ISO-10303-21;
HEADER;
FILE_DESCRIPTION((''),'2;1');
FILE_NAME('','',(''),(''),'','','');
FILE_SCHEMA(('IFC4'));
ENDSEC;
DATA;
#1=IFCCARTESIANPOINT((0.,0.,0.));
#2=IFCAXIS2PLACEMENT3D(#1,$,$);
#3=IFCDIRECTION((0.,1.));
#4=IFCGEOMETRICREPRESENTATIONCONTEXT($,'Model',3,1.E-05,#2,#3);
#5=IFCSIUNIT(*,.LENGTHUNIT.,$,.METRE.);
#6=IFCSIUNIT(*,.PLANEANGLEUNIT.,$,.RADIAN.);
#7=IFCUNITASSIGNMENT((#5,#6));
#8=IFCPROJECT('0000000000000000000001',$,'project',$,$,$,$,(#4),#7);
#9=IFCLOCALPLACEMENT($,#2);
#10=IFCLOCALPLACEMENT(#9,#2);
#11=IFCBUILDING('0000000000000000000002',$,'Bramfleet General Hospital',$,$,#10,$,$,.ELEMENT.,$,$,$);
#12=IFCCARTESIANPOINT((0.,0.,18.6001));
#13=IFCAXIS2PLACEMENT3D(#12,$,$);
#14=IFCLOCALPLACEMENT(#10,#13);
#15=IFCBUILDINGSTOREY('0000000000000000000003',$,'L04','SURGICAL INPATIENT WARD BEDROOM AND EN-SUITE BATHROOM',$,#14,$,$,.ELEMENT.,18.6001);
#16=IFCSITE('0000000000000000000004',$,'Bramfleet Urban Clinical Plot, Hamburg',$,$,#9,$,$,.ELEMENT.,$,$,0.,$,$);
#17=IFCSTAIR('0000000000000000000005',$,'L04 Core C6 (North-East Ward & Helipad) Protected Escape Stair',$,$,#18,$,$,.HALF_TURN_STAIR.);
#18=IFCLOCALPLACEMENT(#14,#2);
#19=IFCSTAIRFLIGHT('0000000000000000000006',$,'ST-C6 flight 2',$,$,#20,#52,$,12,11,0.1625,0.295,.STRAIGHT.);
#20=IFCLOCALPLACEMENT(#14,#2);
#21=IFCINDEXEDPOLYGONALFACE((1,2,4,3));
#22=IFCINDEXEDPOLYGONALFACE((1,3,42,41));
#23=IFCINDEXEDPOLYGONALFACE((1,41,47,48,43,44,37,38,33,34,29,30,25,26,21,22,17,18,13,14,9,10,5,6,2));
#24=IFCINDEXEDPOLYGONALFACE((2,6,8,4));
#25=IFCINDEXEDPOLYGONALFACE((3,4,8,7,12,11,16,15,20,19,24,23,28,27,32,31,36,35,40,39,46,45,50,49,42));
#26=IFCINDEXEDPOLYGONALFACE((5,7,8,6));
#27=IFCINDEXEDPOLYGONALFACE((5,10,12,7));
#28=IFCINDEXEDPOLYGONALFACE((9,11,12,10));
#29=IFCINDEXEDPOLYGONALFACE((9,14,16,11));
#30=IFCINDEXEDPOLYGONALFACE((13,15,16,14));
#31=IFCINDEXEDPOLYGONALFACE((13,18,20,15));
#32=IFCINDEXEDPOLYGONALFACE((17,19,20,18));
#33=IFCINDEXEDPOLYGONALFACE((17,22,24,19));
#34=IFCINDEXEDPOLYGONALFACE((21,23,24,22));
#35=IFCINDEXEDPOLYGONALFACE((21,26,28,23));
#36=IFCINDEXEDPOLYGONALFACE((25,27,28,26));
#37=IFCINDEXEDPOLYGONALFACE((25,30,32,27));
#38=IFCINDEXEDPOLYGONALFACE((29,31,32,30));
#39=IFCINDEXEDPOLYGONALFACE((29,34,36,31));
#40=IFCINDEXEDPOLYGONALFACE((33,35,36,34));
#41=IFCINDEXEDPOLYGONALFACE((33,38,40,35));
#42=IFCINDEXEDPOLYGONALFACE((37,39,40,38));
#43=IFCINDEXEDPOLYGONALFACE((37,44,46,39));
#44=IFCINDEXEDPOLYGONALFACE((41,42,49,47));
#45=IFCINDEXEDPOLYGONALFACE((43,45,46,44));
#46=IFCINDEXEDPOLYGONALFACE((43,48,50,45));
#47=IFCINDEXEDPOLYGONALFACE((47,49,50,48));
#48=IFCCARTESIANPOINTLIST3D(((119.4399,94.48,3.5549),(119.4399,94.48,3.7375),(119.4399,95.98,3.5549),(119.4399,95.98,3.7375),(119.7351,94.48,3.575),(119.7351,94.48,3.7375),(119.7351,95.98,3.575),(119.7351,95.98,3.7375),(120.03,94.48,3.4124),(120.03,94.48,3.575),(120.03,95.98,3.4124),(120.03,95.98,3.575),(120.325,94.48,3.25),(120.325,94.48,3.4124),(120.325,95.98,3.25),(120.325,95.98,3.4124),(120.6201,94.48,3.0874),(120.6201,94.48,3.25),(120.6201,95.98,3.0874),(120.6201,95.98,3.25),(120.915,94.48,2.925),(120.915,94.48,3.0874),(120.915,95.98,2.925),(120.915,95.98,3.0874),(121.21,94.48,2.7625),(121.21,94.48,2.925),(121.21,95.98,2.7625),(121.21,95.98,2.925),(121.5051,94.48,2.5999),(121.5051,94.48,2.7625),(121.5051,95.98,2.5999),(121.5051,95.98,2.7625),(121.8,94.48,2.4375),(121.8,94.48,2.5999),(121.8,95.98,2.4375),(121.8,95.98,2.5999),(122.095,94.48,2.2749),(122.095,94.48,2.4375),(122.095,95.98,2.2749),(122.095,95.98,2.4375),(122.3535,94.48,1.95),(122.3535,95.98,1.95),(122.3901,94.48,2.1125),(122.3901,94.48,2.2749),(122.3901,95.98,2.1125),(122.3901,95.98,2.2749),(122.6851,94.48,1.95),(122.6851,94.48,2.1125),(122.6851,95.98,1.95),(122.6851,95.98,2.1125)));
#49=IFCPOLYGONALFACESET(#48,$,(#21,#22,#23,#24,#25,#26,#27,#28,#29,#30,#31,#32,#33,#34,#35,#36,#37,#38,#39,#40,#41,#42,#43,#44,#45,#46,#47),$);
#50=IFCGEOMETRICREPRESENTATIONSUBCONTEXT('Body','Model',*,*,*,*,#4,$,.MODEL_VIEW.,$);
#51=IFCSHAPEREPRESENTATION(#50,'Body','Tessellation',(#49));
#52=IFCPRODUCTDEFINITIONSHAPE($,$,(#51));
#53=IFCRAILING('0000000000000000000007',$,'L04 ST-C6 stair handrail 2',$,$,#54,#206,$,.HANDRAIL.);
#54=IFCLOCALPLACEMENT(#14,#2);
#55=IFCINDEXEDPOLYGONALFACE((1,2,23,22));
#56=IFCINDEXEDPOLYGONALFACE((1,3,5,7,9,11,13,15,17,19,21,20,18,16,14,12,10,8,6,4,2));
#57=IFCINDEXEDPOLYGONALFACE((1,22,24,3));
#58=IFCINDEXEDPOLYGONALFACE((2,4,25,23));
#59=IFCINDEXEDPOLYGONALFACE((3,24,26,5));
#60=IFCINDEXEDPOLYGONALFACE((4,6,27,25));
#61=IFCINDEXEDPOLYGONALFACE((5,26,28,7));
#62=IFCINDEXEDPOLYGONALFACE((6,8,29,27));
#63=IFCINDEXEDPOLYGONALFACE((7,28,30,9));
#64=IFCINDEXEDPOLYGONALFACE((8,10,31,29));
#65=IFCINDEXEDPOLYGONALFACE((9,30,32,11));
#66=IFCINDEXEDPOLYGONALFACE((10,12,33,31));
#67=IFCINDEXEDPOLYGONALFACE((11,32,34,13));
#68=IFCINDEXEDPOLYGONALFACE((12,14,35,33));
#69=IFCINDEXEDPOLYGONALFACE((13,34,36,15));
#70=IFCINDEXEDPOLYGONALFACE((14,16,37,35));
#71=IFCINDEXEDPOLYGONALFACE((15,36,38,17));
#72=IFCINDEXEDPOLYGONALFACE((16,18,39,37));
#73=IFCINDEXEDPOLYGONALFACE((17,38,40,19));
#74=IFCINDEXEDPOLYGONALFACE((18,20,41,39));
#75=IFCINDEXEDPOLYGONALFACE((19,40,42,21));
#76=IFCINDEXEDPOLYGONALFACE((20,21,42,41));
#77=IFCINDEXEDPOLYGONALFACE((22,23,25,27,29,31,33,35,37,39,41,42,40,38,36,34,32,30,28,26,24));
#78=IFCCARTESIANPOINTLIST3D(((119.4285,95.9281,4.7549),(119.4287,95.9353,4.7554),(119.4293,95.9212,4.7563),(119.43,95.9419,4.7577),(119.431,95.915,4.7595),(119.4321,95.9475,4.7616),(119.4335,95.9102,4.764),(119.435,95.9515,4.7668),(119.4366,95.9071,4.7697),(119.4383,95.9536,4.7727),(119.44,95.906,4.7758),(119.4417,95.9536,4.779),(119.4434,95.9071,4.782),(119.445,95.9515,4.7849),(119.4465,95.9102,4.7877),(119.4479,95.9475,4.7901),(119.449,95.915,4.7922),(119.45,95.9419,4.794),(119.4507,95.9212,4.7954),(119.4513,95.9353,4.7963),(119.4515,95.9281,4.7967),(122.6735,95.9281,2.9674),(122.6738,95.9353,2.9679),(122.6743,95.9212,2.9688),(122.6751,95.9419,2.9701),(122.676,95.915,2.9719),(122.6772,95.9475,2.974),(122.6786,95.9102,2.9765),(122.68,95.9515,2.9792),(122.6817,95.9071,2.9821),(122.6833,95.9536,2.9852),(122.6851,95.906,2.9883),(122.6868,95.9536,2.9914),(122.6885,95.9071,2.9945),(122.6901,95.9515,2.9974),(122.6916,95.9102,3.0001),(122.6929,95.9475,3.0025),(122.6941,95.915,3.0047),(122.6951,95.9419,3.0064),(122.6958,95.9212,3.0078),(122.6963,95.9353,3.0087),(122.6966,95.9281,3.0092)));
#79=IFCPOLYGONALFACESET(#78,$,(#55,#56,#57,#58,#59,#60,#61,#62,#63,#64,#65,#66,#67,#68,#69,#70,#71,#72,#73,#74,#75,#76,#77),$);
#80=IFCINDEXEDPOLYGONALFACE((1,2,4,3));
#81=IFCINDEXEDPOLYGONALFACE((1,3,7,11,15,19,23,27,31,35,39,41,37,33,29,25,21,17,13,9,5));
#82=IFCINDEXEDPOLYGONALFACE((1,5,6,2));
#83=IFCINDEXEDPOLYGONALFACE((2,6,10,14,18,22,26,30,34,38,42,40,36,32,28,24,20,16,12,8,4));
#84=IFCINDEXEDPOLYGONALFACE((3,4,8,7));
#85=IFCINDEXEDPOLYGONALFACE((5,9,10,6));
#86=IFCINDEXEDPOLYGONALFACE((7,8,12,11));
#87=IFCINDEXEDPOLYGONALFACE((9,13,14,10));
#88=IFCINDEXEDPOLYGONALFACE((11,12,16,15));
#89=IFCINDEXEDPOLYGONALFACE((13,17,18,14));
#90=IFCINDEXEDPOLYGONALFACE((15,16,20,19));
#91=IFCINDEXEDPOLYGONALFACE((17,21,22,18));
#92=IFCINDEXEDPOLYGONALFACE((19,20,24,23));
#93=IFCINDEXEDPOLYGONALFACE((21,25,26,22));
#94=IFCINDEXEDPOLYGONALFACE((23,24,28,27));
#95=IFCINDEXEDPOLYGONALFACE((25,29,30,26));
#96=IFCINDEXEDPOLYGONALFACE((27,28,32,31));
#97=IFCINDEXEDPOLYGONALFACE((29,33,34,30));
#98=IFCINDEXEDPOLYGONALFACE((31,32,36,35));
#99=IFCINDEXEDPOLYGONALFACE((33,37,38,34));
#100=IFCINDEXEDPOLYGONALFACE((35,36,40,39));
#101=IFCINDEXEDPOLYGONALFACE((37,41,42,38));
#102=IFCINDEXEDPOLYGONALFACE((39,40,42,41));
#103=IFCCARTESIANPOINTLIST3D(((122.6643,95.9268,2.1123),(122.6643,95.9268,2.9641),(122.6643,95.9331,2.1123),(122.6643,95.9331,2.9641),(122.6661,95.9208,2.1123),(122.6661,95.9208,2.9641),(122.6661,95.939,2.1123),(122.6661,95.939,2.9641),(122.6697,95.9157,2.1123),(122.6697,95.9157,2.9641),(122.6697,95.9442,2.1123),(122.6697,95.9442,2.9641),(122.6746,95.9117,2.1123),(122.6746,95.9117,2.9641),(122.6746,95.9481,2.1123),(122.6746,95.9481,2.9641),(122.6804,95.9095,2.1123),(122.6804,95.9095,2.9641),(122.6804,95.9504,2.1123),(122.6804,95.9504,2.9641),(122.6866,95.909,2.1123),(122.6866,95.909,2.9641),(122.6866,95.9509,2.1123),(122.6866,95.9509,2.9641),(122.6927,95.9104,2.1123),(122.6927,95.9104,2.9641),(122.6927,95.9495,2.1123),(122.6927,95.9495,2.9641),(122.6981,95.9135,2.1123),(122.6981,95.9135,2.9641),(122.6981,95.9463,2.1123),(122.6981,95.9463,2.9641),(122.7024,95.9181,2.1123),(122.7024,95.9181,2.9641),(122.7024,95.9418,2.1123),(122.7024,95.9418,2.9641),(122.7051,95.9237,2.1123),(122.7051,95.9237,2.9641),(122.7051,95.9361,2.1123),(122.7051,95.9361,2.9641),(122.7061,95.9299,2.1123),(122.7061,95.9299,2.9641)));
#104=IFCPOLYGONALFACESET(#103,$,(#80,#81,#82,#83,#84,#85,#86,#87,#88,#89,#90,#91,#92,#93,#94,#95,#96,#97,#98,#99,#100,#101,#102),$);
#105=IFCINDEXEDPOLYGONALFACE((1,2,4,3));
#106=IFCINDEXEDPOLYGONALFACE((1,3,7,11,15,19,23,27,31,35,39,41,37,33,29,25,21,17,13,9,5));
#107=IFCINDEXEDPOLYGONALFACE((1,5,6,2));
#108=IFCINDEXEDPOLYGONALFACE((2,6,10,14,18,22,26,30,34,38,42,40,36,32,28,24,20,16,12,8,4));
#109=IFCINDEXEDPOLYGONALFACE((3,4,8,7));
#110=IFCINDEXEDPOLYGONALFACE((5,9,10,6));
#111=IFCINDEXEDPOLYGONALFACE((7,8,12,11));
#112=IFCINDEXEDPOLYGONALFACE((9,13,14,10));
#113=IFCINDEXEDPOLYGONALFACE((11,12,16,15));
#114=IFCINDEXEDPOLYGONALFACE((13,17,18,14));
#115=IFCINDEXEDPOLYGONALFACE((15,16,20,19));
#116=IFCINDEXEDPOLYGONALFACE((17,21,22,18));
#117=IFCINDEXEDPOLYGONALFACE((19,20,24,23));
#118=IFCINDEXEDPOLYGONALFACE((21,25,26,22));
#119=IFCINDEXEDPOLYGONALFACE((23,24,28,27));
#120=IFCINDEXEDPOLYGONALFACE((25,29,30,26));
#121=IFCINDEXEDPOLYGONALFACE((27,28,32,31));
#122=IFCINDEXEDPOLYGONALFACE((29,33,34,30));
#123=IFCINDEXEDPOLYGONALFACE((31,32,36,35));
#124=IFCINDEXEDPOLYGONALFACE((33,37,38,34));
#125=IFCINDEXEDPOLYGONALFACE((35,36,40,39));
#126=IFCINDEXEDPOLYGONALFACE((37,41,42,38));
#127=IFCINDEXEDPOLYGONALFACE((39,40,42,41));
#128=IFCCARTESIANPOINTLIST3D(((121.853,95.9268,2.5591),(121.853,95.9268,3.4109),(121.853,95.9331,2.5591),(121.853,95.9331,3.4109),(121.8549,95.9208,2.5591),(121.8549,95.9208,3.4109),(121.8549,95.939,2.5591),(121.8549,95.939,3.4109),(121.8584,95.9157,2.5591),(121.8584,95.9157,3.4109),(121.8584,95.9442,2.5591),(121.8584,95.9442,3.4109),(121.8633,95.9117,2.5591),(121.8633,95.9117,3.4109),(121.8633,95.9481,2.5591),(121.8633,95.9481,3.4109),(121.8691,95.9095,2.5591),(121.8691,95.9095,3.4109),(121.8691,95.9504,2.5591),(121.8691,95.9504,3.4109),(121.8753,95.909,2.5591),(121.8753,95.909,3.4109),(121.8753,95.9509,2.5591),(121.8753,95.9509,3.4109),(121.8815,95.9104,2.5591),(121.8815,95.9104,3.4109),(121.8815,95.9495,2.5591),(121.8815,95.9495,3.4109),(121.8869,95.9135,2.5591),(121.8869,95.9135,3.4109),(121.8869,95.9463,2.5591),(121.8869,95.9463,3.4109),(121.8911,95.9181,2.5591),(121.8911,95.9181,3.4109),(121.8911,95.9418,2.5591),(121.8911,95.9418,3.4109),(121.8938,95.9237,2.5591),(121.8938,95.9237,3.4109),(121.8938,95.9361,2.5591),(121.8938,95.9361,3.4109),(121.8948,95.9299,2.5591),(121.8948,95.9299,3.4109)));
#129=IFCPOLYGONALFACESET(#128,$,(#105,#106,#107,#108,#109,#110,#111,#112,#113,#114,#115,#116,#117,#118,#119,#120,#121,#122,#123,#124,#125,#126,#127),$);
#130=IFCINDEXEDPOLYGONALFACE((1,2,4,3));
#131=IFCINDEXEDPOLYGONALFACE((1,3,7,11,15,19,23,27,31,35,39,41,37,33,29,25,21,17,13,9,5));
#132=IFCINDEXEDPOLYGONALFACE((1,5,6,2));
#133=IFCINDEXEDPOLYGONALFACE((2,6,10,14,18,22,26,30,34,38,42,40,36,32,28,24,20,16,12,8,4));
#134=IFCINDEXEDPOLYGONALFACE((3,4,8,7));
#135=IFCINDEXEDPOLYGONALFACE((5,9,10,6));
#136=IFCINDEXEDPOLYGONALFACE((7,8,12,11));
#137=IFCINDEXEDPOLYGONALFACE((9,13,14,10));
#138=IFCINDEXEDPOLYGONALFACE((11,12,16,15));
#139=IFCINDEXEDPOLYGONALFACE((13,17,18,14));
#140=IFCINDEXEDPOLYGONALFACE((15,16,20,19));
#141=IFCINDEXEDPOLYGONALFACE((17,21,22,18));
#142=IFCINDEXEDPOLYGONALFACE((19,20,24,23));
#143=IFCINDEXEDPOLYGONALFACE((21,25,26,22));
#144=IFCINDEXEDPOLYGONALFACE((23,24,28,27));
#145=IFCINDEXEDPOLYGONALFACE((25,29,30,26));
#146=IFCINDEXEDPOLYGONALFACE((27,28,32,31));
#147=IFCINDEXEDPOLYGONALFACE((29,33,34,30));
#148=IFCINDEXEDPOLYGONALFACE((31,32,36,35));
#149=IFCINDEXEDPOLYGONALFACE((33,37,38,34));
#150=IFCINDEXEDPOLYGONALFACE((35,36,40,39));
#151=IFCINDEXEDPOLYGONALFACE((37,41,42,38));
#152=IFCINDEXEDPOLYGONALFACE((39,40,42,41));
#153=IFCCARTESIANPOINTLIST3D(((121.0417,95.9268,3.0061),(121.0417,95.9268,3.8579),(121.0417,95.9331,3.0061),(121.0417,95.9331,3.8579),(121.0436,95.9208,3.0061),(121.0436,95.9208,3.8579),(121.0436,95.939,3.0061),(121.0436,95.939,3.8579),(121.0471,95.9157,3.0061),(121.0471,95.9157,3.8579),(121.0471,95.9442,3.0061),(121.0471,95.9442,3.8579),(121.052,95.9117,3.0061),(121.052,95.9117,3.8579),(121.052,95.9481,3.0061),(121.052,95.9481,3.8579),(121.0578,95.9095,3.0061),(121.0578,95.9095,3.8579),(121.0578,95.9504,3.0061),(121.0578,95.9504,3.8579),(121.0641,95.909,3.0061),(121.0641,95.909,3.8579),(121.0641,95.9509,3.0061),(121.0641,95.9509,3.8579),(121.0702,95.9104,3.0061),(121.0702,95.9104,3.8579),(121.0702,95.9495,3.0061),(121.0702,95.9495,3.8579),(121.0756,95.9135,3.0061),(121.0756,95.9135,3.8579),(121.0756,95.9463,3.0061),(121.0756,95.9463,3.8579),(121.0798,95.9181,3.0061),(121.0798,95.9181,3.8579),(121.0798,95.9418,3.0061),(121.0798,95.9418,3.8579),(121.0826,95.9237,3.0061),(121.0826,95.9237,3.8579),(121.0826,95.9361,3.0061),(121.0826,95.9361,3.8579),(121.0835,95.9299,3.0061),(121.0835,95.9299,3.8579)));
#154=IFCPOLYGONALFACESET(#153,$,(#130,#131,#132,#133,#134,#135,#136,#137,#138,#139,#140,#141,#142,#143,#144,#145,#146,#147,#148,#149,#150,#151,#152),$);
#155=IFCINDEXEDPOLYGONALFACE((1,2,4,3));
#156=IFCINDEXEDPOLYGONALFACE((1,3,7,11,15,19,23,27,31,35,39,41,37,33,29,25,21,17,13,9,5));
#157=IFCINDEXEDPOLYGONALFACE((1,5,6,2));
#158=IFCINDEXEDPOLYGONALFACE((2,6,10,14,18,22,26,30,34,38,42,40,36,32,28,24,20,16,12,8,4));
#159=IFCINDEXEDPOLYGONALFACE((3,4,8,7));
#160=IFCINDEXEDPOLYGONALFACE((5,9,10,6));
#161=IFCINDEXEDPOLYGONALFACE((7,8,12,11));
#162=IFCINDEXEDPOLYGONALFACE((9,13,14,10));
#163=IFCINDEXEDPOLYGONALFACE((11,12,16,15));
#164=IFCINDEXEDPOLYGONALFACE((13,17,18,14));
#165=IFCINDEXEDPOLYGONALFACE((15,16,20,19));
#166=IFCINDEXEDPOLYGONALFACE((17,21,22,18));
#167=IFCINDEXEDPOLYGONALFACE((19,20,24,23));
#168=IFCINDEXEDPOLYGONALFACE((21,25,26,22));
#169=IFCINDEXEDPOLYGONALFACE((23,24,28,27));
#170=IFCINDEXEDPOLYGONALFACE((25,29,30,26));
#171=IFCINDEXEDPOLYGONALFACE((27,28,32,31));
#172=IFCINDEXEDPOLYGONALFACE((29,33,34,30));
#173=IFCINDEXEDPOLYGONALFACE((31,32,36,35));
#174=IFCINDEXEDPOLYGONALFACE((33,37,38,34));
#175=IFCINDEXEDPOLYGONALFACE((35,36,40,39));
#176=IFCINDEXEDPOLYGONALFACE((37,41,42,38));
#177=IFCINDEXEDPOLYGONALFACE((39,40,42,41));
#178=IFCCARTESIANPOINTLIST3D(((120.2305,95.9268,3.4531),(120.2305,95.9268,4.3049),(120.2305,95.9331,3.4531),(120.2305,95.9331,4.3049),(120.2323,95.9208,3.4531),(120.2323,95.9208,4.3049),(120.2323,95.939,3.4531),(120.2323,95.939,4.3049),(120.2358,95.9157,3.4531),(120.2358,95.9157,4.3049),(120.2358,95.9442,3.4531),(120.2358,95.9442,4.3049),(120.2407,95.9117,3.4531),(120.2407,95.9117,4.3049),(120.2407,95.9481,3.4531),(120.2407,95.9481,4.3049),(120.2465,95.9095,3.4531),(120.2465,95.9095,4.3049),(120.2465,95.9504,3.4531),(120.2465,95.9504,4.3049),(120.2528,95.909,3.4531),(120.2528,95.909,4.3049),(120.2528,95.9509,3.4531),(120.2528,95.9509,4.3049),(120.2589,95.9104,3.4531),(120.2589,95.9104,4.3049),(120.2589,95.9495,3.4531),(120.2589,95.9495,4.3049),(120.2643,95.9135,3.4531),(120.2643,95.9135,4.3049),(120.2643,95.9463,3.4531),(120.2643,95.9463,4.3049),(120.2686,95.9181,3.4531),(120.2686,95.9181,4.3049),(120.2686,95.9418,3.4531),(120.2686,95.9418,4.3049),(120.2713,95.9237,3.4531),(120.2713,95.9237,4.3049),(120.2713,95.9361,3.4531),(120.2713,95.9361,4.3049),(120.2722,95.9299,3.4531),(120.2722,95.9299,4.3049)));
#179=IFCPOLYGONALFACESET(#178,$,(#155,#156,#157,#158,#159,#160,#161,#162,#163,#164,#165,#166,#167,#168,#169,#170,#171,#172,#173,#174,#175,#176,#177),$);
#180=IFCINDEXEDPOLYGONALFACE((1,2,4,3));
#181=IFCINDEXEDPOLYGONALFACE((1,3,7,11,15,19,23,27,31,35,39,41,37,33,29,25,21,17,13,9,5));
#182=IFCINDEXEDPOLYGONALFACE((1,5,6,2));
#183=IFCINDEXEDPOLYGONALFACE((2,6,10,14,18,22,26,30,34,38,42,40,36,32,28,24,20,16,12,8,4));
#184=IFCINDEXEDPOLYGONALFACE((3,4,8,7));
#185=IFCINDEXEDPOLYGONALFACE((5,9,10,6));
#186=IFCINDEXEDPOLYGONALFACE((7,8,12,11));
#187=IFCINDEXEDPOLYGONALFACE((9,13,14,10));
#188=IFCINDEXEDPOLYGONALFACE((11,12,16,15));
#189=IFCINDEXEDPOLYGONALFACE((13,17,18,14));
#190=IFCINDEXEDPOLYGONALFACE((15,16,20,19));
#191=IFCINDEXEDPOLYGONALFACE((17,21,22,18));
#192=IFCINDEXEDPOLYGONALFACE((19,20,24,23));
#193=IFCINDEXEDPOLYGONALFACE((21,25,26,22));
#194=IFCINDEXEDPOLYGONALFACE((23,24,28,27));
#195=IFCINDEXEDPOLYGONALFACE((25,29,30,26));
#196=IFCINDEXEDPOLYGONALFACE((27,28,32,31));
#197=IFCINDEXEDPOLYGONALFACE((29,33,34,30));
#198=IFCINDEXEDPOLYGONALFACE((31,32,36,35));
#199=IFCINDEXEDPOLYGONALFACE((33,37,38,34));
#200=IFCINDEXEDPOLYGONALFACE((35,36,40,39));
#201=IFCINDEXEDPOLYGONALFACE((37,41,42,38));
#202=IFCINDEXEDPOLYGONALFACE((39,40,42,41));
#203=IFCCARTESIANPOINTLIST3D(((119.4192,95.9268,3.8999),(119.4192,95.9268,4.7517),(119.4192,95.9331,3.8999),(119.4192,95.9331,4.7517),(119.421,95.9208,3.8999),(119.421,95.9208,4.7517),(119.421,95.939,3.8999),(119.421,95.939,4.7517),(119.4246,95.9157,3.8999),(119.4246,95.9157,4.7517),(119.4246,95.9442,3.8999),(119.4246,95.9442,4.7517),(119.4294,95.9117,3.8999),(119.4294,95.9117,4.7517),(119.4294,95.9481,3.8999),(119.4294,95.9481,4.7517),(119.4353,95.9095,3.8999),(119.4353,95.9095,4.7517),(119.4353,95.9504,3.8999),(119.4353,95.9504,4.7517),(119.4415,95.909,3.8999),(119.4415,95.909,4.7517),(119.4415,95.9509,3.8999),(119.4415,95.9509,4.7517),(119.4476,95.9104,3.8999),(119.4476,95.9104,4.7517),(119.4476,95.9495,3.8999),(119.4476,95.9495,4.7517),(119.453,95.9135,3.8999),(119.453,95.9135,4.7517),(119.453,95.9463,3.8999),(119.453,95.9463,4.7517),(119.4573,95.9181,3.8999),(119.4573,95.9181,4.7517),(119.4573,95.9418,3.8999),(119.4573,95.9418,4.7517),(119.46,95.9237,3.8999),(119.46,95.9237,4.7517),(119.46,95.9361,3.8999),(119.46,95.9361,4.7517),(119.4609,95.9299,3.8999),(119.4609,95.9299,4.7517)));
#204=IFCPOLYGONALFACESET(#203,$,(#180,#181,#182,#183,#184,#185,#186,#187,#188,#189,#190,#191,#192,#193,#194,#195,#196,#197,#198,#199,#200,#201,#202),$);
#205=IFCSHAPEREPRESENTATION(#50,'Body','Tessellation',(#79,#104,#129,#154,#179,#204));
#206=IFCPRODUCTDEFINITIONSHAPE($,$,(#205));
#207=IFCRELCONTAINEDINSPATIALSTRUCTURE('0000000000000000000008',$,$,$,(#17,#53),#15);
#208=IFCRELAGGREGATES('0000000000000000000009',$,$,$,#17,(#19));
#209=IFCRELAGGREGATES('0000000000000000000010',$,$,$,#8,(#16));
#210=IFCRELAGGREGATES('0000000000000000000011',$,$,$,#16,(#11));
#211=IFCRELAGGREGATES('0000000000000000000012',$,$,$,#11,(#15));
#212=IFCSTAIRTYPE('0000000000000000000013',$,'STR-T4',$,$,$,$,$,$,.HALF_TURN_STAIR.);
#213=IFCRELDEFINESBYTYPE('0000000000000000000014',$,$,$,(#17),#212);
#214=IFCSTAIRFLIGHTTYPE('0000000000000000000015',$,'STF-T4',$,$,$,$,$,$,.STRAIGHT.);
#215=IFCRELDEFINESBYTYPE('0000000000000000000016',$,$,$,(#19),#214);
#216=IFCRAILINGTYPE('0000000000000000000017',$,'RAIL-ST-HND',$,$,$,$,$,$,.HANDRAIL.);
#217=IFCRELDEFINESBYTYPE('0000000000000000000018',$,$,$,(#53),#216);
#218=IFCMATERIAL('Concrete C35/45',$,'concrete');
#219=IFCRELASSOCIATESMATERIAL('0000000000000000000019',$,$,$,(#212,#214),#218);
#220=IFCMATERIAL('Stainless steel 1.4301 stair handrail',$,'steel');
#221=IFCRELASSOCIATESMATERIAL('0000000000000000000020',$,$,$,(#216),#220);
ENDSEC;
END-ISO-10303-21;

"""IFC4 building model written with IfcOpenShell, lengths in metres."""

from ifc_helpers import new_model, si_unit, direction, frame, origin, origin_2d, place, context, subcontext, project, spatial, polyline, circle, outline, extrude, material, type_object, element, aggregate, save


model = new_model("IFC4")

# Units and contexts
model_context = context("Model", 3, precision=1e-05, world=origin(), true_north=direction((0.0, 1.0)))
body_context = subcontext(model_context, "Body", "Model", "MODEL_VIEW")
ifc_project = project(units=[si_unit("LENGTHUNIT", "METRE"), si_unit("PLANEANGLEUNIT", "RADIAN")], contexts=[model_context])

# Site, building, storey
site_placement = place(None, origin())
site = spatial("IfcSite", under=ifc_project, at=site_placement, Name="Bramfleet Urban Clinical Plot, Hamburg", CompositionType="ELEMENT", RefElevation=0.0)
building_placement = place(site_placement, origin())
building = spatial("IfcBuilding", under=site, at=building_placement, Name="Bramfleet General Hospital", CompositionType="ELEMENT")
storey_placement = place(building_placement, frame((0.0, 0.0, 18.6001)))
storey = spatial("IfcBuildingStorey", under=building, at=storey_placement, Name="L04", Description="SURGICAL INPATIENT WARD BEDROOM AND EN-SUITE BATHROOM", CompositionType="ELEMENT", Elevation=18.6001)

# Shared definitions
ifc_material_1 = material(Name="Concrete C35/45", Category="concrete")

# Stair, stair flight
stair_type = type_object("IfcStairType", Name="STR-T4", PredefinedType="HALF_TURN_STAIR", material=ifc_material_1)
stair_placement = place(storey_placement, origin())
stair = element("IfcStair", 1, at=stair_placement, inside=storey, type_object=stair_type, Name="L04 Core C6 (North-East Ward & Helipad) Protected Escape Stair", PredefinedType="HALF_TURN_STAIR")
stair_flight_type = type_object("IfcStairFlightType", Name="STF-T4", PredefinedType="STRAIGHT", material=ifc_material_1)
stair_flight_placement = place(storey_placement, frame((122.6851, 95.23, 1.95), z_axis=(0.0, 0.0, 1.0), x_axis=(-1.0, 0.0, 0.0)))
stair_flight = element("IfcStairFlight", 2, at=stair_flight_placement, type_object=stair_flight_type, Name="ST-C6 flight 2", NumberOfRisers=12, NumberOfTreads=11, PredefinedType="STRAIGHT", RiserHeight=0.1625, TreadLength=0.295, context=body_context, shape_type="SweptSolid", body=[
    extrude(outline(polyline([(0.0, 0.0), (0.0, 0.1626), (0.2949, 0.1626), (0.2949, 0.325), (0.5901, 0.325), (0.5901, 0.4875), (0.885, 0.4875), (0.885, 0.6499), (1.1799, 0.6499), (1.1799, 0.8125), (1.4751, 0.8125), (1.4751, 0.9751), (1.77, 0.9751), (1.77, 1.1375), (2.0649, 1.1375), (2.0649, 1.3), (2.3601, 1.3), (2.3601, 1.4624), (2.655, 1.4624), (2.655, 1.625), (2.95, 1.625), (2.95, 1.7876), (3.2451, 1.7876), (3.2451, 1.95), (3.2451, 1.605), (0.3315, 0.0), (0.0, 0.0)])), frame((0.0, 0.75, 0.0), z_axis=(0.0, -1.0, 0.0), x_axis=(1.0, 0.0, 0.0)), (0.0, 0.0, 1.0), 1.5),
])
aggregate(stair, [stair_flight])

# Railing
ifc_material_2 = material(Name="Stainless steel 1.4301 stair handrail", Category="steel")
railing_type = type_object("IfcRailingType", Name="RAIL-ST-HND", PredefinedType="HANDRAIL", material=ifc_material_2)
railing_placement = place(storey_placement, frame((122.6851, 95.9299, 2.1123)))
element("IfcRailing", 3, at=railing_placement, inside=storey, type_object=railing_type, Name="L04 ST-C6 stair handrail 2", PredefinedType="HANDRAIL", context=body_context, shape_type="SweptSolid", body=[
    extrude(circle(Radius=0.0239, at=origin_2d()), frame((0.0, 0.0, 0.876), z_axis=(-0.875899, 0.0, 0.482495), x_axis=(0.0, -1.0, 0.0)), (0.0, 0.0, 1.0), 3.7048),
    extrude(circle(Radius=0.021, at=origin_2d()), origin(), (0.0, 0.0, 1.0), 0.8518),
    extrude(circle(Radius=0.021, at=origin_2d()), frame((-0.8113, 0.0, 0.4468)), (0.0, 0.0, 1.0), 0.8518),
    extrude(circle(Radius=0.021, at=origin_2d()), frame((-1.6226, 0.0, 0.8938)), (0.0, 0.0, 1.0), 0.8518),
    extrude(circle(Radius=0.021, at=origin_2d()), frame((-2.4338, 0.0, 1.3408)), (0.0, 0.0, 1.0), 0.8518),
    extrude(circle(Radius=0.021, at=origin_2d()), frame((-3.2451, 0.0, 1.7876)), (0.0, 0.0, 1.0), 0.8518),
])

save(model, "model.ifc")
